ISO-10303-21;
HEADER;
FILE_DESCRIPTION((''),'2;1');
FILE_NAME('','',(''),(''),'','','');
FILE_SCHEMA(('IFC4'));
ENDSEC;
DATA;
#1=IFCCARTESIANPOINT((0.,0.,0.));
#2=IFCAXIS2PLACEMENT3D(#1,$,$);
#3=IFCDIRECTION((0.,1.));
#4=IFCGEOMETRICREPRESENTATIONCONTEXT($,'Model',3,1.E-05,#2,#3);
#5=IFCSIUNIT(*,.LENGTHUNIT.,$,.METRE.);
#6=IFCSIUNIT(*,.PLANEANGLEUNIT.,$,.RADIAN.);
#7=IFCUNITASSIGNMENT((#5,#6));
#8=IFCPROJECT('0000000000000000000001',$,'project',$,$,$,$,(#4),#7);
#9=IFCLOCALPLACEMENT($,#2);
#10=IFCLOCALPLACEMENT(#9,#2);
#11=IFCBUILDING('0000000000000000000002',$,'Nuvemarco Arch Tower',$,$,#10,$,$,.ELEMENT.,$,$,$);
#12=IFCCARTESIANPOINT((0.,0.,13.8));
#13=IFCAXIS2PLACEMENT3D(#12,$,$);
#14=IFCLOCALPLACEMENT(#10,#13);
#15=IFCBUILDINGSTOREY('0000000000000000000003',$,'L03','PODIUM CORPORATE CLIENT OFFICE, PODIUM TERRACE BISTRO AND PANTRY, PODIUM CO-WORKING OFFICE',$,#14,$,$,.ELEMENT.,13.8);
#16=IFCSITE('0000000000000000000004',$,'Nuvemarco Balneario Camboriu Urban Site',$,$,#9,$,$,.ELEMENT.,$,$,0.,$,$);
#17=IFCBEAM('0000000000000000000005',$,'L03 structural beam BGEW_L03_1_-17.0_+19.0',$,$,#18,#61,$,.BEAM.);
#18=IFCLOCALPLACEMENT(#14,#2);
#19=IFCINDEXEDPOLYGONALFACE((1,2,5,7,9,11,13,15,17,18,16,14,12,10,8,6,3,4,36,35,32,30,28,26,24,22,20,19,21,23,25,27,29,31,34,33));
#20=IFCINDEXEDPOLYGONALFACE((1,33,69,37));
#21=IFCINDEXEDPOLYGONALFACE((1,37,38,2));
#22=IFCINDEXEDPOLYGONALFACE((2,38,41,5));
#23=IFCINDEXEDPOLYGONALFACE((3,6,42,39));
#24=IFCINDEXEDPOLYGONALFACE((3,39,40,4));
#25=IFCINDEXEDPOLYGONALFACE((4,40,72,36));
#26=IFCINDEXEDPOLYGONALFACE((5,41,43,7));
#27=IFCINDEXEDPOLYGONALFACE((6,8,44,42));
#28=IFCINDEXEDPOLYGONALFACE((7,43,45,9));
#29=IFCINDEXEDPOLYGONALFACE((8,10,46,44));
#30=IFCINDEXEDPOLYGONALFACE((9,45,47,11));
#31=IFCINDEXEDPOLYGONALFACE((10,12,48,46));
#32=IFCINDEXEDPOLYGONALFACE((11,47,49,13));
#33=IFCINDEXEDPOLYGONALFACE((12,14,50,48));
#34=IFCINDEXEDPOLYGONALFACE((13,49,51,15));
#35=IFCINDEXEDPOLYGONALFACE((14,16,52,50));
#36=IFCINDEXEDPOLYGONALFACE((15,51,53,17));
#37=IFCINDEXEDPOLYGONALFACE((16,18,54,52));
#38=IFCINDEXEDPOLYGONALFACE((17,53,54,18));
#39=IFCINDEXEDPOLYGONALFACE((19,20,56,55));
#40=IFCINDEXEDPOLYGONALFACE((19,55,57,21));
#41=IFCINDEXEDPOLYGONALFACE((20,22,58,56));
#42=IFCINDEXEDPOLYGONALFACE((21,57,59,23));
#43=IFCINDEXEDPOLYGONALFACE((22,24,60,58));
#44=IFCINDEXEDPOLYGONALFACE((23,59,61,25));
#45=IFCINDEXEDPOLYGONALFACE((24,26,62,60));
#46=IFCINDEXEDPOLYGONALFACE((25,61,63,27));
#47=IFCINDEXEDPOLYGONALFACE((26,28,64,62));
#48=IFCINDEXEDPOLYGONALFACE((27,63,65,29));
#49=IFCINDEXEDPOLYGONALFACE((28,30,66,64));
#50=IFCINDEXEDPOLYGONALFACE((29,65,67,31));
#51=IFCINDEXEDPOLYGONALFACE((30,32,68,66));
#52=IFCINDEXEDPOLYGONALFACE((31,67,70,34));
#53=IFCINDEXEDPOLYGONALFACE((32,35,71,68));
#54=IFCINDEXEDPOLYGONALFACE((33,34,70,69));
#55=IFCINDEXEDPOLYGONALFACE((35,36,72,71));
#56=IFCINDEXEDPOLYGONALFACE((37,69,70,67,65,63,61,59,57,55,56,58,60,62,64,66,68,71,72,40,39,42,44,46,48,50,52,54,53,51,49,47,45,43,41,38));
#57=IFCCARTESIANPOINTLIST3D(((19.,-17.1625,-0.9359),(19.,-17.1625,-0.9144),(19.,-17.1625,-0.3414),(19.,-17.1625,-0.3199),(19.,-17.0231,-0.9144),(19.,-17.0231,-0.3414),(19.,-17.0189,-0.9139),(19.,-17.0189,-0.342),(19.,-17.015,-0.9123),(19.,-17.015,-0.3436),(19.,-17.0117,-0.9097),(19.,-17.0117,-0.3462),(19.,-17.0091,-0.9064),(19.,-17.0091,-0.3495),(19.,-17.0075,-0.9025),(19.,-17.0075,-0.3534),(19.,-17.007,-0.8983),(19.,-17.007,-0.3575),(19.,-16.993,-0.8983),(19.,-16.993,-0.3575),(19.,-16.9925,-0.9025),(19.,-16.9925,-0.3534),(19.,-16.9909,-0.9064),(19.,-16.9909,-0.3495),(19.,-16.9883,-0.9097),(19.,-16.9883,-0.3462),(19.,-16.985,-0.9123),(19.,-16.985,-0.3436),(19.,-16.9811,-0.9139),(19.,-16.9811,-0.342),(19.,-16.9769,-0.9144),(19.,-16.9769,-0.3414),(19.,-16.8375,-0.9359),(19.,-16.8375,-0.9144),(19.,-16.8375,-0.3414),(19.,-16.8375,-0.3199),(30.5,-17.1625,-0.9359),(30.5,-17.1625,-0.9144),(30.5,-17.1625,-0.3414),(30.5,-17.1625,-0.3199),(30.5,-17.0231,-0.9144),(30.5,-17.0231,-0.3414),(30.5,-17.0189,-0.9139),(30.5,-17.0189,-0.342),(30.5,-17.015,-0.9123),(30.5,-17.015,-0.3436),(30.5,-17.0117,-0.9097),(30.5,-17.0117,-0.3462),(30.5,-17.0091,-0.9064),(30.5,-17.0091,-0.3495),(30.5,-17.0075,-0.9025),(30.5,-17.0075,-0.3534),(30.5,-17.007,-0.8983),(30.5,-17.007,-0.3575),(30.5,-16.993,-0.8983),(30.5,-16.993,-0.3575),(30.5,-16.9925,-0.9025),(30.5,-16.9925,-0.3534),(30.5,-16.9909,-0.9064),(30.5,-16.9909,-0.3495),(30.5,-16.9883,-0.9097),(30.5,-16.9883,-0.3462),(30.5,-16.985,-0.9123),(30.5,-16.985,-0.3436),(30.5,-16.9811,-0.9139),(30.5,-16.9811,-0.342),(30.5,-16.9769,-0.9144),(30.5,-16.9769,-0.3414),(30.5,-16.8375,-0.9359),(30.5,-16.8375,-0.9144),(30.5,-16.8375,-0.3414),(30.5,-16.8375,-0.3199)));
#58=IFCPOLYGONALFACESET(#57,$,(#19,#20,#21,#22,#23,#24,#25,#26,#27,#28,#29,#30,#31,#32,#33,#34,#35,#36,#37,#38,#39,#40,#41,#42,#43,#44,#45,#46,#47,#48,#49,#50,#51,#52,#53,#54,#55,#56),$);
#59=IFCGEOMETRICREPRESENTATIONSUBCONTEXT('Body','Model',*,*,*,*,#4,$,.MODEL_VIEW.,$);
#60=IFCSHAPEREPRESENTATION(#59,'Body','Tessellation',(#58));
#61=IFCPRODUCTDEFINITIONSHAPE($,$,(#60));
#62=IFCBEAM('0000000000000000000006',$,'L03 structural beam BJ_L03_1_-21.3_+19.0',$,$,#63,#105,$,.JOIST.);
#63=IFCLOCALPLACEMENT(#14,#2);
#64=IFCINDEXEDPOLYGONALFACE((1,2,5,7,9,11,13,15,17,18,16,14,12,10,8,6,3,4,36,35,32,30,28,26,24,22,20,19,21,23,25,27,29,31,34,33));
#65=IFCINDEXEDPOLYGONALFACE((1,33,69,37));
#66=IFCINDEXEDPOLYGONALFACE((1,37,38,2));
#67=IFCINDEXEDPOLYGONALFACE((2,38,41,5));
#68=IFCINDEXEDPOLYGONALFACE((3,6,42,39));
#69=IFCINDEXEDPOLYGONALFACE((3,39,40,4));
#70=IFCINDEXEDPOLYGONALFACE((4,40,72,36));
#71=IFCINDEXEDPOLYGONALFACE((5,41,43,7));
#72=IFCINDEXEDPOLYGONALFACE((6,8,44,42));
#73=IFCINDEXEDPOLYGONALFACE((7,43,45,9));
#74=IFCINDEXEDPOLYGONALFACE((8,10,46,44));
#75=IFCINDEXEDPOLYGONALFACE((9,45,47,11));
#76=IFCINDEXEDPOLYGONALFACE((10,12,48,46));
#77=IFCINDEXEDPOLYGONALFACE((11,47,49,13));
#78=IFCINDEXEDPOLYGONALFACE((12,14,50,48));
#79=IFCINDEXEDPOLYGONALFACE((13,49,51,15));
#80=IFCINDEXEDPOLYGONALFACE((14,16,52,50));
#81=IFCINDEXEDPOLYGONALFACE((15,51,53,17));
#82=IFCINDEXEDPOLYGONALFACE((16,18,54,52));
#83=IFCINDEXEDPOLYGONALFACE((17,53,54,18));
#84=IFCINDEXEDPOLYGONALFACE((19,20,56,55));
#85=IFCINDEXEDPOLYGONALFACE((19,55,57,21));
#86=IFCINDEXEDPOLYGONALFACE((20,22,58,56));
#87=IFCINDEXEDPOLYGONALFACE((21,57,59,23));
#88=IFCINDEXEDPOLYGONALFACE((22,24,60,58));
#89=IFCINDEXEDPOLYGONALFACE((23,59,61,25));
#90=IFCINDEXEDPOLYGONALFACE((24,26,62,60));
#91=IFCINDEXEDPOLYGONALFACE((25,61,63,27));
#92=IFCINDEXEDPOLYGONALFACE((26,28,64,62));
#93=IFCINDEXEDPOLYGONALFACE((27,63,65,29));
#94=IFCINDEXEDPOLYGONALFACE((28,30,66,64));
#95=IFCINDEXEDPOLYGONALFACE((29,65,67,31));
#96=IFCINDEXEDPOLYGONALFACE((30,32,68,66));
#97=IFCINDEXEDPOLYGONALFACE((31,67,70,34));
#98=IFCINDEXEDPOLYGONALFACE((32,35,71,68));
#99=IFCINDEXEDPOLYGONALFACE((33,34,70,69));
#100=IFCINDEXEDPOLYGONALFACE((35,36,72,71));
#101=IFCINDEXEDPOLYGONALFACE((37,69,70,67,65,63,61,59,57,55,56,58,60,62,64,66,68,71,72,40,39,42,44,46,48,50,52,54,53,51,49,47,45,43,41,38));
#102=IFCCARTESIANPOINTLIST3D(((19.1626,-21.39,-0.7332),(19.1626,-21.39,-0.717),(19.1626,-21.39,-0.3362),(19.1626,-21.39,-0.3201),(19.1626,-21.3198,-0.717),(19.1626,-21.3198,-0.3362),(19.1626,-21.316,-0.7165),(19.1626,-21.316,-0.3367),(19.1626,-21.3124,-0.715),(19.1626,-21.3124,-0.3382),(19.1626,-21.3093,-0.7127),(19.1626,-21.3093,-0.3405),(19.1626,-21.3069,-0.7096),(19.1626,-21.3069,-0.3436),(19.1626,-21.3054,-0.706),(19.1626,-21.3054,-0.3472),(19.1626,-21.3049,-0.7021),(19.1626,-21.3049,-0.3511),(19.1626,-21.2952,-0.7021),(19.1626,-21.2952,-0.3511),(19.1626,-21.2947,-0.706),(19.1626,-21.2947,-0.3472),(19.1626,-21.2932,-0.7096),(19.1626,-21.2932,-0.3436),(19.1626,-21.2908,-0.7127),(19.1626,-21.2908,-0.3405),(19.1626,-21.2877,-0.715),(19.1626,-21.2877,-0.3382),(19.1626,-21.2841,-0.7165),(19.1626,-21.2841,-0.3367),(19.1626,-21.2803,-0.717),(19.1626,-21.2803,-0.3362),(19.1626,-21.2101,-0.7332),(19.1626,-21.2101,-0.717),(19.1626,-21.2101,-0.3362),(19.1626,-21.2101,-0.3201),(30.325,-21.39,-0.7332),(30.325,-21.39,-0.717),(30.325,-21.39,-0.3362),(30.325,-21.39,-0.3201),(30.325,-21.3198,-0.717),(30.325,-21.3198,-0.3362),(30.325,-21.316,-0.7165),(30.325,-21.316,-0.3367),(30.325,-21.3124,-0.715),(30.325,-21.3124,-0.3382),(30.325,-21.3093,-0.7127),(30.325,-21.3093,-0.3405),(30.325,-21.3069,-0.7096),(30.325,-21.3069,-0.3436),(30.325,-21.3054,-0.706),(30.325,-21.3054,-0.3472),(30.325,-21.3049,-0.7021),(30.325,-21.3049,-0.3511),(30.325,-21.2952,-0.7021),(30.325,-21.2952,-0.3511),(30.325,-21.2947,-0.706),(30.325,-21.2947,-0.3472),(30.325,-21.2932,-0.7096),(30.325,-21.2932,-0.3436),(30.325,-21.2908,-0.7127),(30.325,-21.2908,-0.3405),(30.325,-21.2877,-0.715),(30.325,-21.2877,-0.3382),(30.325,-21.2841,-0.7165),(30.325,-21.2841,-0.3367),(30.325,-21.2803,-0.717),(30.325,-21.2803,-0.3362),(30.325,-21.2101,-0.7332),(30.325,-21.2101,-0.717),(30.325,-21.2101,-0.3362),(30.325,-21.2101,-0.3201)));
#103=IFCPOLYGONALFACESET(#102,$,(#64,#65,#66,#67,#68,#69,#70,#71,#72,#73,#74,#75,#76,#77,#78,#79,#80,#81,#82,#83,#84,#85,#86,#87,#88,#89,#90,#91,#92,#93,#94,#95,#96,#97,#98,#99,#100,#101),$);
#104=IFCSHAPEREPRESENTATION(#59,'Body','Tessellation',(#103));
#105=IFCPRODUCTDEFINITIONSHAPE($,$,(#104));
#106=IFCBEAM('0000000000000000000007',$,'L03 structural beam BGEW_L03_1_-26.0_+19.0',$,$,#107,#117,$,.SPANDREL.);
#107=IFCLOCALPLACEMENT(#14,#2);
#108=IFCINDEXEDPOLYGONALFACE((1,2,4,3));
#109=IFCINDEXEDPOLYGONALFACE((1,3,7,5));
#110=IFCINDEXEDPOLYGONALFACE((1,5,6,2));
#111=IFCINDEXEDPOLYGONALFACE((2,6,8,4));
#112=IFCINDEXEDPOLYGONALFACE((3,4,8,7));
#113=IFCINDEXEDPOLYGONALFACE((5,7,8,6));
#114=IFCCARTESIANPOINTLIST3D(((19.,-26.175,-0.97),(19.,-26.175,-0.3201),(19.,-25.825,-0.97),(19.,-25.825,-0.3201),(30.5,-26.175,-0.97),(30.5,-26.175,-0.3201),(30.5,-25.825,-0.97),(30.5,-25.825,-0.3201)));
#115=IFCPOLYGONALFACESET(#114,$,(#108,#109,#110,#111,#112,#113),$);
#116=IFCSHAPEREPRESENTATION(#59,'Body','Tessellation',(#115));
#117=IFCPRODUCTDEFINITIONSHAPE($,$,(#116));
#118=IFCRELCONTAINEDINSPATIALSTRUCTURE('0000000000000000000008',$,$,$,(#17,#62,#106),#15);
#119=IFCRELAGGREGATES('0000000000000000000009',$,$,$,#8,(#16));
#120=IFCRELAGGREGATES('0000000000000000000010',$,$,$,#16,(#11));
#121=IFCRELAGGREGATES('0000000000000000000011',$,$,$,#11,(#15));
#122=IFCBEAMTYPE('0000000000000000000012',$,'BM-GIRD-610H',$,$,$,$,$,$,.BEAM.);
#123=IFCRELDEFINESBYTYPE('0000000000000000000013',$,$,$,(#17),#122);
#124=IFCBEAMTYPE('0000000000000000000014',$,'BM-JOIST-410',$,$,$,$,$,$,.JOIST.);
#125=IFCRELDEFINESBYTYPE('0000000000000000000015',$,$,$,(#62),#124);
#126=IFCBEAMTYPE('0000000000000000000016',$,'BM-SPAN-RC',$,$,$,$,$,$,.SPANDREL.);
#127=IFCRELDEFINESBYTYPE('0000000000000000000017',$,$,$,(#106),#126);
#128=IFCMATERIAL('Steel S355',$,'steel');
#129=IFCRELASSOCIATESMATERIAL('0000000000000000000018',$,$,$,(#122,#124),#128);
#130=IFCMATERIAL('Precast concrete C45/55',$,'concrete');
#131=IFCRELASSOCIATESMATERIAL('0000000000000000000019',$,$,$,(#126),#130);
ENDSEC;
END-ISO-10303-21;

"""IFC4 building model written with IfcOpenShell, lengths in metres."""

from ifc_helpers import new_model, si_unit, direction, frame, origin, origin_2d, place, context, subcontext, project, spatial, rectangle, i_section, extrude, material, material_profile, profile_set, type_object, element, save


model = new_model("IFC4")

# Units and contexts
model_context = context("Model", 3, precision=1e-05, world=origin(), true_north=direction((0.0, 1.0)))
body_context = subcontext(model_context, "Body", "Model", "MODEL_VIEW")
ifc_project = project(units=[si_unit("LENGTHUNIT", "METRE"), si_unit("PLANEANGLEUNIT", "RADIAN")], contexts=[model_context])

# Site, building, storey
site_placement = place(None, origin())
site = spatial("IfcSite", under=ifc_project, at=site_placement, Name="Nuvemarco Balneario Camboriu Urban Site", CompositionType="ELEMENT", RefElevation=0.0)
building_placement = place(site_placement, origin())
building = spatial("IfcBuilding", under=site, at=building_placement, Name="Nuvemarco Arch Tower", CompositionType="ELEMENT")
storey_placement = place(building_placement, frame((0.0, 0.0, 13.8)))
storey = spatial("IfcBuildingStorey", under=building, at=storey_placement, Name="L03", Description="PODIUM CORPORATE CLIENT OFFICE, PODIUM TERRACE BISTRO AND PANTRY, PODIUM CO-WORKING OFFICE", CompositionType="ELEMENT", Elevation=13.8)

# Beams
ifc_material_1 = material(Name="Steel S355", Category="steel")
ifc_material_profile_1 = material_profile(ifc_material_1, i_section(OverallWidth=0.325, OverallDepth=0.616, WebThickness=0.0139, FlangeThickness=0.0215, FilletRadius=0.0161, at=origin_2d()), Name="W610x174")
ifc_profile_set_1 = profile_set([ifc_material_profile_1], Name="Steel S355")
beam_type_1 = type_object("IfcBeamType", Name="BM-GIRD-610H", PredefinedType="BEAM", material=ifc_profile_set_1)
beam_1_placement = place(storey_placement, frame((19.0, -17.0, -0.6279), z_axis=(1.0, 0.0, 0.0), x_axis=(0.0, 1.0, 0.0)))
element("IfcBeam", 1, at=beam_1_placement, inside=storey, type_object=beam_type_1, Name="L03 structural beam BGEW_L03_1_-17.0_+19.0", PredefinedType="BEAM", context=body_context, shape_type="SweptSolid", body=[
    extrude(i_section(OverallWidth=0.325, OverallDepth=0.616, WebThickness=0.0139, FlangeThickness=0.0215, FilletRadius=0.0161, at=origin_2d()), origin(), (0.0, 0.0, 1.0), 11.5),
])
ifc_material_profile_2 = material_profile(ifc_material_1, i_section(OverallWidth=0.1799, OverallDepth=0.4131, WebThickness=0.0098, FlangeThickness=0.0161, FilletRadius=0.0149, at=origin_2d()), Name="W410x75")
ifc_profile_set_2 = profile_set([ifc_material_profile_2], Name="Steel S355")
beam_type_2 = type_object("IfcBeamType", Name="BM-JOIST-410", PredefinedType="JOIST", material=ifc_profile_set_2)
beam_2_placement = place(storey_placement, frame((19.1626, -21.3, -0.5266), z_axis=(1.0, 0.0, 0.0), x_axis=(0.0, 1.0, 0.0)))
element("IfcBeam", 2, at=beam_2_placement, inside=storey, type_object=beam_type_2, Name="L03 structural beam BJ_L03_1_-21.3_+19.0", PredefinedType="JOIST", context=body_context, shape_type="SweptSolid", body=[
    extrude(i_section(OverallWidth=0.1799, OverallDepth=0.4131, WebThickness=0.0098, FlangeThickness=0.0161, FilletRadius=0.0149, at=origin_2d()), origin(), (0.0, 0.0, 1.0), 11.1624),
])
ifc_material_2 = material(Name="Precast concrete C45/55", Category="concrete")
ifc_material_profile_3 = material_profile(ifc_material_2, rectangle(XDim=0.3501, YDim=0.6499, at=origin_2d()), Name="PC-SP-350x650")
ifc_profile_set_3 = profile_set([ifc_material_profile_3], Name="Precast concrete C45/55")
beam_type_3 = type_object("IfcBeamType", Name="BM-SPAN-RC", PredefinedType="SPANDREL", material=ifc_profile_set_3)
beam_3_placement = place(storey_placement, frame((19.0, -26.0, -0.645), z_axis=(1.0, 0.0, 0.0), x_axis=(0.0, 1.0, 0.0)))
element("IfcBeam", 3, at=beam_3_placement, inside=storey, type_object=beam_type_3, Name="L03 structural beam BGEW_L03_1_-26.0_+19.0", PredefinedType="SPANDREL", context=body_context, shape_type="SweptSolid", body=[
    extrude(rectangle(XDim=0.3501, YDim=0.6499, at=origin_2d()), origin(), (0.0, 0.0, 1.0), 11.5),
])

save(model, "model.ifc")
